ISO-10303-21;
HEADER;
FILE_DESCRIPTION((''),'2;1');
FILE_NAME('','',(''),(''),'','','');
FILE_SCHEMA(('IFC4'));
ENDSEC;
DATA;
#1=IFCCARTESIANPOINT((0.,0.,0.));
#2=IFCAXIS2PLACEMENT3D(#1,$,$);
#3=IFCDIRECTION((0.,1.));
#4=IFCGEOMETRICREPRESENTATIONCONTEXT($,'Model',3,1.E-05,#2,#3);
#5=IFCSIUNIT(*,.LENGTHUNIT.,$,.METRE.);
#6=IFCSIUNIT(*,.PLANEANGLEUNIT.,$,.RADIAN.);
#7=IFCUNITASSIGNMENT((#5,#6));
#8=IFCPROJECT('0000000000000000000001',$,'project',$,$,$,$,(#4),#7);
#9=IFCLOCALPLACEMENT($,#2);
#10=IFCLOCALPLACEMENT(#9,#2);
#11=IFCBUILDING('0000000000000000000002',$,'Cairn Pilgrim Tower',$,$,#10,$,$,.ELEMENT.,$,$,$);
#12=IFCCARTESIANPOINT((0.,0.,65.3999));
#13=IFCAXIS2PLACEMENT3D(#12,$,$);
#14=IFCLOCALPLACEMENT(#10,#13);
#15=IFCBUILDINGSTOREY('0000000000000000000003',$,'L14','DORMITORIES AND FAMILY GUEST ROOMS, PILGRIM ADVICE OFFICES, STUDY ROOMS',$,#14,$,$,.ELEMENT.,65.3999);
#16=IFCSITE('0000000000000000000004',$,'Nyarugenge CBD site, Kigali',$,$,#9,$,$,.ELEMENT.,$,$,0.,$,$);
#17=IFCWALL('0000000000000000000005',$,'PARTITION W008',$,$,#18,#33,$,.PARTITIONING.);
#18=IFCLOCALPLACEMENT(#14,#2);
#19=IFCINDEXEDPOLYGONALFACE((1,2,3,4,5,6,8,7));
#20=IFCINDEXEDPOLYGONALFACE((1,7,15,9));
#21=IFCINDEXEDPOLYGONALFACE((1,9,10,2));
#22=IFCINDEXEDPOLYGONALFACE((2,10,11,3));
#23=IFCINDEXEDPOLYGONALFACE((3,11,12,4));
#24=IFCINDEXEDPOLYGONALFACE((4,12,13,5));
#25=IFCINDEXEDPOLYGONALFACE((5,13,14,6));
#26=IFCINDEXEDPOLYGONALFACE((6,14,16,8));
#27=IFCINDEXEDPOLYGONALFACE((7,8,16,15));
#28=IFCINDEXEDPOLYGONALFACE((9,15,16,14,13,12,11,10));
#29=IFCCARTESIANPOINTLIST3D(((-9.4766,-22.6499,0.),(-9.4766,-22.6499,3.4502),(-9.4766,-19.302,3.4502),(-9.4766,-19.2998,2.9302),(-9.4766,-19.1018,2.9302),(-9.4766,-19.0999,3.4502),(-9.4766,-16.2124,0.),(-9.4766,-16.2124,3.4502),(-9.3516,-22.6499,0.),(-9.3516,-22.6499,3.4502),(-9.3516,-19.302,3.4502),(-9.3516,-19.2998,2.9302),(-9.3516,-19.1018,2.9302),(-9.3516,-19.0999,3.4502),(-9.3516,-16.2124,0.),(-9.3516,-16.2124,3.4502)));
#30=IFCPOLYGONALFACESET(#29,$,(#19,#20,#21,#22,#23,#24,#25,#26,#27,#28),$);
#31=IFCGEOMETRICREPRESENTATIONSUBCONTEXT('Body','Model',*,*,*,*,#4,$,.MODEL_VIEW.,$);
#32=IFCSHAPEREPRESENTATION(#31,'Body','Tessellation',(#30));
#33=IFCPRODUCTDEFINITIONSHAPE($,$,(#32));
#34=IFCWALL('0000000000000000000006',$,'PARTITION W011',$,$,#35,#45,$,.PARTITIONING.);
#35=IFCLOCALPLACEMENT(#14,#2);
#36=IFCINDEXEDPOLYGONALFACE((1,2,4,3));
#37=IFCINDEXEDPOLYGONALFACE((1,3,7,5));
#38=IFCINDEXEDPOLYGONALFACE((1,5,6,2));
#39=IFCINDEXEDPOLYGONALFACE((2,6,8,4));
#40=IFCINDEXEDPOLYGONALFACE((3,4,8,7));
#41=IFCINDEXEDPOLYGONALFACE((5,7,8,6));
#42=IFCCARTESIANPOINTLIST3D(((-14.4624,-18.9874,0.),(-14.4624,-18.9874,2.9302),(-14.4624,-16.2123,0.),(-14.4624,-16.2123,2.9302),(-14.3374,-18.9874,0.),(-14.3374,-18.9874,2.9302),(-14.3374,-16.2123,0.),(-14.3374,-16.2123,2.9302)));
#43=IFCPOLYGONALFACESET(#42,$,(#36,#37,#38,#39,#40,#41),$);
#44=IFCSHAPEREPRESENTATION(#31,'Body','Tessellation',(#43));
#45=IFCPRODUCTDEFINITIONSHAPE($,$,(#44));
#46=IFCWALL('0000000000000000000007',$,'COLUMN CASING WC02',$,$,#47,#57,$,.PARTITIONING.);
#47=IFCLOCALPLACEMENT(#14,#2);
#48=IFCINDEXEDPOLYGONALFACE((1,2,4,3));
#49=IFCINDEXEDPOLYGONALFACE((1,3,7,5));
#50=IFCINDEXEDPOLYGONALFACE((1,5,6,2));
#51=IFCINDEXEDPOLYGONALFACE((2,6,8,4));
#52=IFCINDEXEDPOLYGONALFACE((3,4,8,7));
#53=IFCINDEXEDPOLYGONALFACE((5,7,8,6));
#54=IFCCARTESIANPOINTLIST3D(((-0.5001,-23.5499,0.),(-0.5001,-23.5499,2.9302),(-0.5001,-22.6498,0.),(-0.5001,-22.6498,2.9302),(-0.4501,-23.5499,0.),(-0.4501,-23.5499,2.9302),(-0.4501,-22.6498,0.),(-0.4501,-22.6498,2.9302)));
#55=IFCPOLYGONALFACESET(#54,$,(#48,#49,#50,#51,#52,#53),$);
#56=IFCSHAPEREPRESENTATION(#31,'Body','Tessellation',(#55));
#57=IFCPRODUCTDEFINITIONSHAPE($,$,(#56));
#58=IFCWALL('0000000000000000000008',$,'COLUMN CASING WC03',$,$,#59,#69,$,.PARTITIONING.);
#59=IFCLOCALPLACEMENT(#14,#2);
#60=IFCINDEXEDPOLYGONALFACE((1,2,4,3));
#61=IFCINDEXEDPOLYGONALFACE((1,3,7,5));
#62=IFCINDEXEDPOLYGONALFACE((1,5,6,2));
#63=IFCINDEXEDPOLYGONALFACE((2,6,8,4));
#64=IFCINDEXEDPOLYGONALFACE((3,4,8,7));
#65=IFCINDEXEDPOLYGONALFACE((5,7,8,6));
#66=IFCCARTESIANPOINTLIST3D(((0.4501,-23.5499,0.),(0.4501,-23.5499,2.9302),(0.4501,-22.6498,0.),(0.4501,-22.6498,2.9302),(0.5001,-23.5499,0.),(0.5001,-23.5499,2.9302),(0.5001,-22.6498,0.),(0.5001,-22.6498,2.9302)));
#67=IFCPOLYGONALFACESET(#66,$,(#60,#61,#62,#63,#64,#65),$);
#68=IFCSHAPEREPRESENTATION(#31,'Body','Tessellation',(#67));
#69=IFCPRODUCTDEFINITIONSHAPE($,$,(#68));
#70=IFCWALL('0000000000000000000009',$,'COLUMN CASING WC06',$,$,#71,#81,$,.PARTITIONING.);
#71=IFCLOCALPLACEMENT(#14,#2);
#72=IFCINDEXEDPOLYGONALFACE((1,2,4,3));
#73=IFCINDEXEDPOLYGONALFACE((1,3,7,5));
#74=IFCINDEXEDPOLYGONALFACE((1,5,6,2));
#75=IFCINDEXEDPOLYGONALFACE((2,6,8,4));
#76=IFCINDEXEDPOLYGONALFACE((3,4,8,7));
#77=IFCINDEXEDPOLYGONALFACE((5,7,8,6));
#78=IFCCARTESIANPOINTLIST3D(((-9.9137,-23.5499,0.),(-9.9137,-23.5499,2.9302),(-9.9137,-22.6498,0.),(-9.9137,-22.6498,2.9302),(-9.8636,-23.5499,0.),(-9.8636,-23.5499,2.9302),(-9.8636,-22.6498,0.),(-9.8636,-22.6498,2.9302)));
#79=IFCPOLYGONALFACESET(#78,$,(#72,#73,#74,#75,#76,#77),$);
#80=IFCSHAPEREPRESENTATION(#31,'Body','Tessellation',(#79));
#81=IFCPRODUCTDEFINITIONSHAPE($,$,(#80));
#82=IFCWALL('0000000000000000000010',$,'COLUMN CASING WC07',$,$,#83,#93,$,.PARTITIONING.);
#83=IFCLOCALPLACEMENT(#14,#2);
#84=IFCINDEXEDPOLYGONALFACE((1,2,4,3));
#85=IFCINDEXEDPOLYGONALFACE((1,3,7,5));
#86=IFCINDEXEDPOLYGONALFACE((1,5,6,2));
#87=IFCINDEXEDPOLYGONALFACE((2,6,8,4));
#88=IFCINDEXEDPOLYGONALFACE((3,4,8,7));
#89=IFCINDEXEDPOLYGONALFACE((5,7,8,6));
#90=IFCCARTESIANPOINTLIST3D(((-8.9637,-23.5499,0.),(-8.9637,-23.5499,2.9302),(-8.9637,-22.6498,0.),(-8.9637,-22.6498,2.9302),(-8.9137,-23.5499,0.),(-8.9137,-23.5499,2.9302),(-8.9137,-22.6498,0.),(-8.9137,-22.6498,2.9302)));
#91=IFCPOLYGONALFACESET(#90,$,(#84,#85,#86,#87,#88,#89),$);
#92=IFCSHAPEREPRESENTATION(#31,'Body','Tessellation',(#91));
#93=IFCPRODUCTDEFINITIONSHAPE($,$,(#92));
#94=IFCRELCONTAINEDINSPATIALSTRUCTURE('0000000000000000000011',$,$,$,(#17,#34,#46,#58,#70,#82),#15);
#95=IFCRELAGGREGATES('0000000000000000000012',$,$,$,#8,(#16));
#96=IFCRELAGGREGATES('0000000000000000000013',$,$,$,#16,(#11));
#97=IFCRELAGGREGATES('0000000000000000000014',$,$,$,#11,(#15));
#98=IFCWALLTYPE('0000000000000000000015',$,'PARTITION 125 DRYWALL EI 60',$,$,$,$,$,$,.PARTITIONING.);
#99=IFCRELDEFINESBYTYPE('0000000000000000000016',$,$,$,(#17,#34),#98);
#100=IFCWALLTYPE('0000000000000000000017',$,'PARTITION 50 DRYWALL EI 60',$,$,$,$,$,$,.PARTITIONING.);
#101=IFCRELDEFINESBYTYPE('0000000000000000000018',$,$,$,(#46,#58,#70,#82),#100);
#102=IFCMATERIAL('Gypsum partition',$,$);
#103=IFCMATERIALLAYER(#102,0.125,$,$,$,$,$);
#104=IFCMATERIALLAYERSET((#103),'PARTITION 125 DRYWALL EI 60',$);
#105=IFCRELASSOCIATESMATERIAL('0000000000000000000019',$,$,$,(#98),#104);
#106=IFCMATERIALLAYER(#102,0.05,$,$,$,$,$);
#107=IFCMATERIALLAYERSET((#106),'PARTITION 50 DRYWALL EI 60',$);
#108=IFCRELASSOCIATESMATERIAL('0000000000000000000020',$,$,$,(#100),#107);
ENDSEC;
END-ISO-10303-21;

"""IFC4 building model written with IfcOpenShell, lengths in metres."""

from ifc_helpers import new_model, si_unit, direction, frame, frame_2d, origin, place, context, subcontext, project, spatial, polyline, rectangle, outline, extrude, material, layer, layer_set, type_object, element, save


model = new_model("IFC4")

# Units and contexts
model_context = context("Model", 3, precision=1e-05, world=origin(), true_north=direction((0.0, 1.0)))
body_context = subcontext(model_context, "Body", "Model", "MODEL_VIEW")
ifc_project = project(units=[si_unit("LENGTHUNIT", "METRE"), si_unit("PLANEANGLEUNIT", "RADIAN")], contexts=[model_context])

# Site, building, storey
site_placement = place(None, origin())
site = spatial("IfcSite", under=ifc_project, at=site_placement, Name="Nyarugenge CBD site, Kigali", CompositionType="ELEMENT", RefElevation=0.0)
building_placement = place(site_placement, origin())
building = spatial("IfcBuilding", under=site, at=building_placement, Name="Cairn Pilgrim Tower", CompositionType="ELEMENT")
storey_placement = place(building_placement, frame((0.0, 0.0, 65.3999)))
storey = spatial("IfcBuildingStorey", under=building, at=storey_placement, Name="L14", Description="DORMITORIES AND FAMILY GUEST ROOMS, PILGRIM ADVICE OFFICES, STUDY ROOMS", CompositionType="ELEMENT", Elevation=65.3999)

# Walls
ifc_material_1 = material(Name="Gypsum partition")
ifc_layer_1 = layer(ifc_material_1, 0.125)
ifc_layer_set_1 = layer_set([ifc_layer_1], Name="PARTITION 125 DRYWALL EI 60")
wall_type_1 = type_object("IfcWallType", Name="PARTITION 125 DRYWALL EI 60", PredefinedType="PARTITIONING", material=ifc_layer_set_1)
wall_1_placement = place(storey_placement, frame((-9.4141, -22.6499, 0.0), z_axis=(0.0, 0.0, 1.0), x_axis=(0.0, 1.0, 0.0)))
element("IfcWall", 1, at=wall_1_placement, inside=storey, type_object=wall_type_1, Name="PARTITION W008", PredefinedType="PARTITIONING", context=body_context, shape_type="SweptSolid", body=[
    extrude(outline(polyline([(0.0, 0.0), (6.4375, 0.0), (6.4375, 3.4502), (3.55, 3.4502), (3.5481, 2.9302), (3.3501, 2.9302), (3.3479, 3.4502), (0.0, 3.4502), (0.0, 0.0)])), frame((0.0, 0.0625, 0.0), z_axis=(0.0, -1.0, 0.0), x_axis=(1.0, 0.0, 0.0)), (0.0, 0.0, 1.0), 0.125),
])
wall_2_placement = place(storey_placement, frame((-14.3999, -18.9875, 0.0), z_axis=(0.0, 0.0, 1.0), x_axis=(0.0, 1.0, 0.0)))
element("IfcWall", 2, at=wall_2_placement, inside=storey, type_object=wall_type_1, Name="PARTITION W011", PredefinedType="PARTITIONING", context=body_context, shape_type="SweptSolid", body=[
    extrude(rectangle(XDim=2.7751, YDim=0.125, at=frame_2d((1.3877, 0.0))), origin(), (0.0, 0.0, 1.0), 2.9302),
])
ifc_layer_2 = layer(ifc_material_1, 0.05)
ifc_layer_set_2 = layer_set([ifc_layer_2], Name="PARTITION 50 DRYWALL EI 60")
wall_type_2 = type_object("IfcWallType", Name="PARTITION 50 DRYWALL EI 60", PredefinedType="PARTITIONING", material=ifc_layer_set_2)
for number, where, z_axis, x_axis, name in (
    (3, (-0.4751, -23.55, 0.0), (0.0, 0.0, 1.0), (0.0, 1.0, 0.0), "COLUMN CASING WC02"),
    (4, (0.4751, -23.55, 0.0), (0.0, 0.0, 1.0), (0.0, 1.0, 0.0), "COLUMN CASING WC03"),
    (5, (-9.8887, -23.55, 0.0), (0.0, 0.0, 1.0), (0.0, 1.0, 0.0), "COLUMN CASING WC06"),
    (6, (-8.9387, -23.55, 0.0), (0.0, 0.0, 1.0), (0.0, 1.0, 0.0), "COLUMN CASING WC07"),
):
    element("IfcWall", number, at=place(storey_placement, frame(where, z_axis=z_axis, x_axis=x_axis)), inside=storey, type_object=wall_type_2, Name=name, PredefinedType="PARTITIONING", context=body_context, shape_type="SweptSolid", body=[
        extrude(rectangle(XDim=0.9001, YDim=0.05, at=frame_2d((0.4502, 0.0))), origin(), (0.0, 0.0, 1.0), 2.9302),
    ])

save(model, "model.ifc")
